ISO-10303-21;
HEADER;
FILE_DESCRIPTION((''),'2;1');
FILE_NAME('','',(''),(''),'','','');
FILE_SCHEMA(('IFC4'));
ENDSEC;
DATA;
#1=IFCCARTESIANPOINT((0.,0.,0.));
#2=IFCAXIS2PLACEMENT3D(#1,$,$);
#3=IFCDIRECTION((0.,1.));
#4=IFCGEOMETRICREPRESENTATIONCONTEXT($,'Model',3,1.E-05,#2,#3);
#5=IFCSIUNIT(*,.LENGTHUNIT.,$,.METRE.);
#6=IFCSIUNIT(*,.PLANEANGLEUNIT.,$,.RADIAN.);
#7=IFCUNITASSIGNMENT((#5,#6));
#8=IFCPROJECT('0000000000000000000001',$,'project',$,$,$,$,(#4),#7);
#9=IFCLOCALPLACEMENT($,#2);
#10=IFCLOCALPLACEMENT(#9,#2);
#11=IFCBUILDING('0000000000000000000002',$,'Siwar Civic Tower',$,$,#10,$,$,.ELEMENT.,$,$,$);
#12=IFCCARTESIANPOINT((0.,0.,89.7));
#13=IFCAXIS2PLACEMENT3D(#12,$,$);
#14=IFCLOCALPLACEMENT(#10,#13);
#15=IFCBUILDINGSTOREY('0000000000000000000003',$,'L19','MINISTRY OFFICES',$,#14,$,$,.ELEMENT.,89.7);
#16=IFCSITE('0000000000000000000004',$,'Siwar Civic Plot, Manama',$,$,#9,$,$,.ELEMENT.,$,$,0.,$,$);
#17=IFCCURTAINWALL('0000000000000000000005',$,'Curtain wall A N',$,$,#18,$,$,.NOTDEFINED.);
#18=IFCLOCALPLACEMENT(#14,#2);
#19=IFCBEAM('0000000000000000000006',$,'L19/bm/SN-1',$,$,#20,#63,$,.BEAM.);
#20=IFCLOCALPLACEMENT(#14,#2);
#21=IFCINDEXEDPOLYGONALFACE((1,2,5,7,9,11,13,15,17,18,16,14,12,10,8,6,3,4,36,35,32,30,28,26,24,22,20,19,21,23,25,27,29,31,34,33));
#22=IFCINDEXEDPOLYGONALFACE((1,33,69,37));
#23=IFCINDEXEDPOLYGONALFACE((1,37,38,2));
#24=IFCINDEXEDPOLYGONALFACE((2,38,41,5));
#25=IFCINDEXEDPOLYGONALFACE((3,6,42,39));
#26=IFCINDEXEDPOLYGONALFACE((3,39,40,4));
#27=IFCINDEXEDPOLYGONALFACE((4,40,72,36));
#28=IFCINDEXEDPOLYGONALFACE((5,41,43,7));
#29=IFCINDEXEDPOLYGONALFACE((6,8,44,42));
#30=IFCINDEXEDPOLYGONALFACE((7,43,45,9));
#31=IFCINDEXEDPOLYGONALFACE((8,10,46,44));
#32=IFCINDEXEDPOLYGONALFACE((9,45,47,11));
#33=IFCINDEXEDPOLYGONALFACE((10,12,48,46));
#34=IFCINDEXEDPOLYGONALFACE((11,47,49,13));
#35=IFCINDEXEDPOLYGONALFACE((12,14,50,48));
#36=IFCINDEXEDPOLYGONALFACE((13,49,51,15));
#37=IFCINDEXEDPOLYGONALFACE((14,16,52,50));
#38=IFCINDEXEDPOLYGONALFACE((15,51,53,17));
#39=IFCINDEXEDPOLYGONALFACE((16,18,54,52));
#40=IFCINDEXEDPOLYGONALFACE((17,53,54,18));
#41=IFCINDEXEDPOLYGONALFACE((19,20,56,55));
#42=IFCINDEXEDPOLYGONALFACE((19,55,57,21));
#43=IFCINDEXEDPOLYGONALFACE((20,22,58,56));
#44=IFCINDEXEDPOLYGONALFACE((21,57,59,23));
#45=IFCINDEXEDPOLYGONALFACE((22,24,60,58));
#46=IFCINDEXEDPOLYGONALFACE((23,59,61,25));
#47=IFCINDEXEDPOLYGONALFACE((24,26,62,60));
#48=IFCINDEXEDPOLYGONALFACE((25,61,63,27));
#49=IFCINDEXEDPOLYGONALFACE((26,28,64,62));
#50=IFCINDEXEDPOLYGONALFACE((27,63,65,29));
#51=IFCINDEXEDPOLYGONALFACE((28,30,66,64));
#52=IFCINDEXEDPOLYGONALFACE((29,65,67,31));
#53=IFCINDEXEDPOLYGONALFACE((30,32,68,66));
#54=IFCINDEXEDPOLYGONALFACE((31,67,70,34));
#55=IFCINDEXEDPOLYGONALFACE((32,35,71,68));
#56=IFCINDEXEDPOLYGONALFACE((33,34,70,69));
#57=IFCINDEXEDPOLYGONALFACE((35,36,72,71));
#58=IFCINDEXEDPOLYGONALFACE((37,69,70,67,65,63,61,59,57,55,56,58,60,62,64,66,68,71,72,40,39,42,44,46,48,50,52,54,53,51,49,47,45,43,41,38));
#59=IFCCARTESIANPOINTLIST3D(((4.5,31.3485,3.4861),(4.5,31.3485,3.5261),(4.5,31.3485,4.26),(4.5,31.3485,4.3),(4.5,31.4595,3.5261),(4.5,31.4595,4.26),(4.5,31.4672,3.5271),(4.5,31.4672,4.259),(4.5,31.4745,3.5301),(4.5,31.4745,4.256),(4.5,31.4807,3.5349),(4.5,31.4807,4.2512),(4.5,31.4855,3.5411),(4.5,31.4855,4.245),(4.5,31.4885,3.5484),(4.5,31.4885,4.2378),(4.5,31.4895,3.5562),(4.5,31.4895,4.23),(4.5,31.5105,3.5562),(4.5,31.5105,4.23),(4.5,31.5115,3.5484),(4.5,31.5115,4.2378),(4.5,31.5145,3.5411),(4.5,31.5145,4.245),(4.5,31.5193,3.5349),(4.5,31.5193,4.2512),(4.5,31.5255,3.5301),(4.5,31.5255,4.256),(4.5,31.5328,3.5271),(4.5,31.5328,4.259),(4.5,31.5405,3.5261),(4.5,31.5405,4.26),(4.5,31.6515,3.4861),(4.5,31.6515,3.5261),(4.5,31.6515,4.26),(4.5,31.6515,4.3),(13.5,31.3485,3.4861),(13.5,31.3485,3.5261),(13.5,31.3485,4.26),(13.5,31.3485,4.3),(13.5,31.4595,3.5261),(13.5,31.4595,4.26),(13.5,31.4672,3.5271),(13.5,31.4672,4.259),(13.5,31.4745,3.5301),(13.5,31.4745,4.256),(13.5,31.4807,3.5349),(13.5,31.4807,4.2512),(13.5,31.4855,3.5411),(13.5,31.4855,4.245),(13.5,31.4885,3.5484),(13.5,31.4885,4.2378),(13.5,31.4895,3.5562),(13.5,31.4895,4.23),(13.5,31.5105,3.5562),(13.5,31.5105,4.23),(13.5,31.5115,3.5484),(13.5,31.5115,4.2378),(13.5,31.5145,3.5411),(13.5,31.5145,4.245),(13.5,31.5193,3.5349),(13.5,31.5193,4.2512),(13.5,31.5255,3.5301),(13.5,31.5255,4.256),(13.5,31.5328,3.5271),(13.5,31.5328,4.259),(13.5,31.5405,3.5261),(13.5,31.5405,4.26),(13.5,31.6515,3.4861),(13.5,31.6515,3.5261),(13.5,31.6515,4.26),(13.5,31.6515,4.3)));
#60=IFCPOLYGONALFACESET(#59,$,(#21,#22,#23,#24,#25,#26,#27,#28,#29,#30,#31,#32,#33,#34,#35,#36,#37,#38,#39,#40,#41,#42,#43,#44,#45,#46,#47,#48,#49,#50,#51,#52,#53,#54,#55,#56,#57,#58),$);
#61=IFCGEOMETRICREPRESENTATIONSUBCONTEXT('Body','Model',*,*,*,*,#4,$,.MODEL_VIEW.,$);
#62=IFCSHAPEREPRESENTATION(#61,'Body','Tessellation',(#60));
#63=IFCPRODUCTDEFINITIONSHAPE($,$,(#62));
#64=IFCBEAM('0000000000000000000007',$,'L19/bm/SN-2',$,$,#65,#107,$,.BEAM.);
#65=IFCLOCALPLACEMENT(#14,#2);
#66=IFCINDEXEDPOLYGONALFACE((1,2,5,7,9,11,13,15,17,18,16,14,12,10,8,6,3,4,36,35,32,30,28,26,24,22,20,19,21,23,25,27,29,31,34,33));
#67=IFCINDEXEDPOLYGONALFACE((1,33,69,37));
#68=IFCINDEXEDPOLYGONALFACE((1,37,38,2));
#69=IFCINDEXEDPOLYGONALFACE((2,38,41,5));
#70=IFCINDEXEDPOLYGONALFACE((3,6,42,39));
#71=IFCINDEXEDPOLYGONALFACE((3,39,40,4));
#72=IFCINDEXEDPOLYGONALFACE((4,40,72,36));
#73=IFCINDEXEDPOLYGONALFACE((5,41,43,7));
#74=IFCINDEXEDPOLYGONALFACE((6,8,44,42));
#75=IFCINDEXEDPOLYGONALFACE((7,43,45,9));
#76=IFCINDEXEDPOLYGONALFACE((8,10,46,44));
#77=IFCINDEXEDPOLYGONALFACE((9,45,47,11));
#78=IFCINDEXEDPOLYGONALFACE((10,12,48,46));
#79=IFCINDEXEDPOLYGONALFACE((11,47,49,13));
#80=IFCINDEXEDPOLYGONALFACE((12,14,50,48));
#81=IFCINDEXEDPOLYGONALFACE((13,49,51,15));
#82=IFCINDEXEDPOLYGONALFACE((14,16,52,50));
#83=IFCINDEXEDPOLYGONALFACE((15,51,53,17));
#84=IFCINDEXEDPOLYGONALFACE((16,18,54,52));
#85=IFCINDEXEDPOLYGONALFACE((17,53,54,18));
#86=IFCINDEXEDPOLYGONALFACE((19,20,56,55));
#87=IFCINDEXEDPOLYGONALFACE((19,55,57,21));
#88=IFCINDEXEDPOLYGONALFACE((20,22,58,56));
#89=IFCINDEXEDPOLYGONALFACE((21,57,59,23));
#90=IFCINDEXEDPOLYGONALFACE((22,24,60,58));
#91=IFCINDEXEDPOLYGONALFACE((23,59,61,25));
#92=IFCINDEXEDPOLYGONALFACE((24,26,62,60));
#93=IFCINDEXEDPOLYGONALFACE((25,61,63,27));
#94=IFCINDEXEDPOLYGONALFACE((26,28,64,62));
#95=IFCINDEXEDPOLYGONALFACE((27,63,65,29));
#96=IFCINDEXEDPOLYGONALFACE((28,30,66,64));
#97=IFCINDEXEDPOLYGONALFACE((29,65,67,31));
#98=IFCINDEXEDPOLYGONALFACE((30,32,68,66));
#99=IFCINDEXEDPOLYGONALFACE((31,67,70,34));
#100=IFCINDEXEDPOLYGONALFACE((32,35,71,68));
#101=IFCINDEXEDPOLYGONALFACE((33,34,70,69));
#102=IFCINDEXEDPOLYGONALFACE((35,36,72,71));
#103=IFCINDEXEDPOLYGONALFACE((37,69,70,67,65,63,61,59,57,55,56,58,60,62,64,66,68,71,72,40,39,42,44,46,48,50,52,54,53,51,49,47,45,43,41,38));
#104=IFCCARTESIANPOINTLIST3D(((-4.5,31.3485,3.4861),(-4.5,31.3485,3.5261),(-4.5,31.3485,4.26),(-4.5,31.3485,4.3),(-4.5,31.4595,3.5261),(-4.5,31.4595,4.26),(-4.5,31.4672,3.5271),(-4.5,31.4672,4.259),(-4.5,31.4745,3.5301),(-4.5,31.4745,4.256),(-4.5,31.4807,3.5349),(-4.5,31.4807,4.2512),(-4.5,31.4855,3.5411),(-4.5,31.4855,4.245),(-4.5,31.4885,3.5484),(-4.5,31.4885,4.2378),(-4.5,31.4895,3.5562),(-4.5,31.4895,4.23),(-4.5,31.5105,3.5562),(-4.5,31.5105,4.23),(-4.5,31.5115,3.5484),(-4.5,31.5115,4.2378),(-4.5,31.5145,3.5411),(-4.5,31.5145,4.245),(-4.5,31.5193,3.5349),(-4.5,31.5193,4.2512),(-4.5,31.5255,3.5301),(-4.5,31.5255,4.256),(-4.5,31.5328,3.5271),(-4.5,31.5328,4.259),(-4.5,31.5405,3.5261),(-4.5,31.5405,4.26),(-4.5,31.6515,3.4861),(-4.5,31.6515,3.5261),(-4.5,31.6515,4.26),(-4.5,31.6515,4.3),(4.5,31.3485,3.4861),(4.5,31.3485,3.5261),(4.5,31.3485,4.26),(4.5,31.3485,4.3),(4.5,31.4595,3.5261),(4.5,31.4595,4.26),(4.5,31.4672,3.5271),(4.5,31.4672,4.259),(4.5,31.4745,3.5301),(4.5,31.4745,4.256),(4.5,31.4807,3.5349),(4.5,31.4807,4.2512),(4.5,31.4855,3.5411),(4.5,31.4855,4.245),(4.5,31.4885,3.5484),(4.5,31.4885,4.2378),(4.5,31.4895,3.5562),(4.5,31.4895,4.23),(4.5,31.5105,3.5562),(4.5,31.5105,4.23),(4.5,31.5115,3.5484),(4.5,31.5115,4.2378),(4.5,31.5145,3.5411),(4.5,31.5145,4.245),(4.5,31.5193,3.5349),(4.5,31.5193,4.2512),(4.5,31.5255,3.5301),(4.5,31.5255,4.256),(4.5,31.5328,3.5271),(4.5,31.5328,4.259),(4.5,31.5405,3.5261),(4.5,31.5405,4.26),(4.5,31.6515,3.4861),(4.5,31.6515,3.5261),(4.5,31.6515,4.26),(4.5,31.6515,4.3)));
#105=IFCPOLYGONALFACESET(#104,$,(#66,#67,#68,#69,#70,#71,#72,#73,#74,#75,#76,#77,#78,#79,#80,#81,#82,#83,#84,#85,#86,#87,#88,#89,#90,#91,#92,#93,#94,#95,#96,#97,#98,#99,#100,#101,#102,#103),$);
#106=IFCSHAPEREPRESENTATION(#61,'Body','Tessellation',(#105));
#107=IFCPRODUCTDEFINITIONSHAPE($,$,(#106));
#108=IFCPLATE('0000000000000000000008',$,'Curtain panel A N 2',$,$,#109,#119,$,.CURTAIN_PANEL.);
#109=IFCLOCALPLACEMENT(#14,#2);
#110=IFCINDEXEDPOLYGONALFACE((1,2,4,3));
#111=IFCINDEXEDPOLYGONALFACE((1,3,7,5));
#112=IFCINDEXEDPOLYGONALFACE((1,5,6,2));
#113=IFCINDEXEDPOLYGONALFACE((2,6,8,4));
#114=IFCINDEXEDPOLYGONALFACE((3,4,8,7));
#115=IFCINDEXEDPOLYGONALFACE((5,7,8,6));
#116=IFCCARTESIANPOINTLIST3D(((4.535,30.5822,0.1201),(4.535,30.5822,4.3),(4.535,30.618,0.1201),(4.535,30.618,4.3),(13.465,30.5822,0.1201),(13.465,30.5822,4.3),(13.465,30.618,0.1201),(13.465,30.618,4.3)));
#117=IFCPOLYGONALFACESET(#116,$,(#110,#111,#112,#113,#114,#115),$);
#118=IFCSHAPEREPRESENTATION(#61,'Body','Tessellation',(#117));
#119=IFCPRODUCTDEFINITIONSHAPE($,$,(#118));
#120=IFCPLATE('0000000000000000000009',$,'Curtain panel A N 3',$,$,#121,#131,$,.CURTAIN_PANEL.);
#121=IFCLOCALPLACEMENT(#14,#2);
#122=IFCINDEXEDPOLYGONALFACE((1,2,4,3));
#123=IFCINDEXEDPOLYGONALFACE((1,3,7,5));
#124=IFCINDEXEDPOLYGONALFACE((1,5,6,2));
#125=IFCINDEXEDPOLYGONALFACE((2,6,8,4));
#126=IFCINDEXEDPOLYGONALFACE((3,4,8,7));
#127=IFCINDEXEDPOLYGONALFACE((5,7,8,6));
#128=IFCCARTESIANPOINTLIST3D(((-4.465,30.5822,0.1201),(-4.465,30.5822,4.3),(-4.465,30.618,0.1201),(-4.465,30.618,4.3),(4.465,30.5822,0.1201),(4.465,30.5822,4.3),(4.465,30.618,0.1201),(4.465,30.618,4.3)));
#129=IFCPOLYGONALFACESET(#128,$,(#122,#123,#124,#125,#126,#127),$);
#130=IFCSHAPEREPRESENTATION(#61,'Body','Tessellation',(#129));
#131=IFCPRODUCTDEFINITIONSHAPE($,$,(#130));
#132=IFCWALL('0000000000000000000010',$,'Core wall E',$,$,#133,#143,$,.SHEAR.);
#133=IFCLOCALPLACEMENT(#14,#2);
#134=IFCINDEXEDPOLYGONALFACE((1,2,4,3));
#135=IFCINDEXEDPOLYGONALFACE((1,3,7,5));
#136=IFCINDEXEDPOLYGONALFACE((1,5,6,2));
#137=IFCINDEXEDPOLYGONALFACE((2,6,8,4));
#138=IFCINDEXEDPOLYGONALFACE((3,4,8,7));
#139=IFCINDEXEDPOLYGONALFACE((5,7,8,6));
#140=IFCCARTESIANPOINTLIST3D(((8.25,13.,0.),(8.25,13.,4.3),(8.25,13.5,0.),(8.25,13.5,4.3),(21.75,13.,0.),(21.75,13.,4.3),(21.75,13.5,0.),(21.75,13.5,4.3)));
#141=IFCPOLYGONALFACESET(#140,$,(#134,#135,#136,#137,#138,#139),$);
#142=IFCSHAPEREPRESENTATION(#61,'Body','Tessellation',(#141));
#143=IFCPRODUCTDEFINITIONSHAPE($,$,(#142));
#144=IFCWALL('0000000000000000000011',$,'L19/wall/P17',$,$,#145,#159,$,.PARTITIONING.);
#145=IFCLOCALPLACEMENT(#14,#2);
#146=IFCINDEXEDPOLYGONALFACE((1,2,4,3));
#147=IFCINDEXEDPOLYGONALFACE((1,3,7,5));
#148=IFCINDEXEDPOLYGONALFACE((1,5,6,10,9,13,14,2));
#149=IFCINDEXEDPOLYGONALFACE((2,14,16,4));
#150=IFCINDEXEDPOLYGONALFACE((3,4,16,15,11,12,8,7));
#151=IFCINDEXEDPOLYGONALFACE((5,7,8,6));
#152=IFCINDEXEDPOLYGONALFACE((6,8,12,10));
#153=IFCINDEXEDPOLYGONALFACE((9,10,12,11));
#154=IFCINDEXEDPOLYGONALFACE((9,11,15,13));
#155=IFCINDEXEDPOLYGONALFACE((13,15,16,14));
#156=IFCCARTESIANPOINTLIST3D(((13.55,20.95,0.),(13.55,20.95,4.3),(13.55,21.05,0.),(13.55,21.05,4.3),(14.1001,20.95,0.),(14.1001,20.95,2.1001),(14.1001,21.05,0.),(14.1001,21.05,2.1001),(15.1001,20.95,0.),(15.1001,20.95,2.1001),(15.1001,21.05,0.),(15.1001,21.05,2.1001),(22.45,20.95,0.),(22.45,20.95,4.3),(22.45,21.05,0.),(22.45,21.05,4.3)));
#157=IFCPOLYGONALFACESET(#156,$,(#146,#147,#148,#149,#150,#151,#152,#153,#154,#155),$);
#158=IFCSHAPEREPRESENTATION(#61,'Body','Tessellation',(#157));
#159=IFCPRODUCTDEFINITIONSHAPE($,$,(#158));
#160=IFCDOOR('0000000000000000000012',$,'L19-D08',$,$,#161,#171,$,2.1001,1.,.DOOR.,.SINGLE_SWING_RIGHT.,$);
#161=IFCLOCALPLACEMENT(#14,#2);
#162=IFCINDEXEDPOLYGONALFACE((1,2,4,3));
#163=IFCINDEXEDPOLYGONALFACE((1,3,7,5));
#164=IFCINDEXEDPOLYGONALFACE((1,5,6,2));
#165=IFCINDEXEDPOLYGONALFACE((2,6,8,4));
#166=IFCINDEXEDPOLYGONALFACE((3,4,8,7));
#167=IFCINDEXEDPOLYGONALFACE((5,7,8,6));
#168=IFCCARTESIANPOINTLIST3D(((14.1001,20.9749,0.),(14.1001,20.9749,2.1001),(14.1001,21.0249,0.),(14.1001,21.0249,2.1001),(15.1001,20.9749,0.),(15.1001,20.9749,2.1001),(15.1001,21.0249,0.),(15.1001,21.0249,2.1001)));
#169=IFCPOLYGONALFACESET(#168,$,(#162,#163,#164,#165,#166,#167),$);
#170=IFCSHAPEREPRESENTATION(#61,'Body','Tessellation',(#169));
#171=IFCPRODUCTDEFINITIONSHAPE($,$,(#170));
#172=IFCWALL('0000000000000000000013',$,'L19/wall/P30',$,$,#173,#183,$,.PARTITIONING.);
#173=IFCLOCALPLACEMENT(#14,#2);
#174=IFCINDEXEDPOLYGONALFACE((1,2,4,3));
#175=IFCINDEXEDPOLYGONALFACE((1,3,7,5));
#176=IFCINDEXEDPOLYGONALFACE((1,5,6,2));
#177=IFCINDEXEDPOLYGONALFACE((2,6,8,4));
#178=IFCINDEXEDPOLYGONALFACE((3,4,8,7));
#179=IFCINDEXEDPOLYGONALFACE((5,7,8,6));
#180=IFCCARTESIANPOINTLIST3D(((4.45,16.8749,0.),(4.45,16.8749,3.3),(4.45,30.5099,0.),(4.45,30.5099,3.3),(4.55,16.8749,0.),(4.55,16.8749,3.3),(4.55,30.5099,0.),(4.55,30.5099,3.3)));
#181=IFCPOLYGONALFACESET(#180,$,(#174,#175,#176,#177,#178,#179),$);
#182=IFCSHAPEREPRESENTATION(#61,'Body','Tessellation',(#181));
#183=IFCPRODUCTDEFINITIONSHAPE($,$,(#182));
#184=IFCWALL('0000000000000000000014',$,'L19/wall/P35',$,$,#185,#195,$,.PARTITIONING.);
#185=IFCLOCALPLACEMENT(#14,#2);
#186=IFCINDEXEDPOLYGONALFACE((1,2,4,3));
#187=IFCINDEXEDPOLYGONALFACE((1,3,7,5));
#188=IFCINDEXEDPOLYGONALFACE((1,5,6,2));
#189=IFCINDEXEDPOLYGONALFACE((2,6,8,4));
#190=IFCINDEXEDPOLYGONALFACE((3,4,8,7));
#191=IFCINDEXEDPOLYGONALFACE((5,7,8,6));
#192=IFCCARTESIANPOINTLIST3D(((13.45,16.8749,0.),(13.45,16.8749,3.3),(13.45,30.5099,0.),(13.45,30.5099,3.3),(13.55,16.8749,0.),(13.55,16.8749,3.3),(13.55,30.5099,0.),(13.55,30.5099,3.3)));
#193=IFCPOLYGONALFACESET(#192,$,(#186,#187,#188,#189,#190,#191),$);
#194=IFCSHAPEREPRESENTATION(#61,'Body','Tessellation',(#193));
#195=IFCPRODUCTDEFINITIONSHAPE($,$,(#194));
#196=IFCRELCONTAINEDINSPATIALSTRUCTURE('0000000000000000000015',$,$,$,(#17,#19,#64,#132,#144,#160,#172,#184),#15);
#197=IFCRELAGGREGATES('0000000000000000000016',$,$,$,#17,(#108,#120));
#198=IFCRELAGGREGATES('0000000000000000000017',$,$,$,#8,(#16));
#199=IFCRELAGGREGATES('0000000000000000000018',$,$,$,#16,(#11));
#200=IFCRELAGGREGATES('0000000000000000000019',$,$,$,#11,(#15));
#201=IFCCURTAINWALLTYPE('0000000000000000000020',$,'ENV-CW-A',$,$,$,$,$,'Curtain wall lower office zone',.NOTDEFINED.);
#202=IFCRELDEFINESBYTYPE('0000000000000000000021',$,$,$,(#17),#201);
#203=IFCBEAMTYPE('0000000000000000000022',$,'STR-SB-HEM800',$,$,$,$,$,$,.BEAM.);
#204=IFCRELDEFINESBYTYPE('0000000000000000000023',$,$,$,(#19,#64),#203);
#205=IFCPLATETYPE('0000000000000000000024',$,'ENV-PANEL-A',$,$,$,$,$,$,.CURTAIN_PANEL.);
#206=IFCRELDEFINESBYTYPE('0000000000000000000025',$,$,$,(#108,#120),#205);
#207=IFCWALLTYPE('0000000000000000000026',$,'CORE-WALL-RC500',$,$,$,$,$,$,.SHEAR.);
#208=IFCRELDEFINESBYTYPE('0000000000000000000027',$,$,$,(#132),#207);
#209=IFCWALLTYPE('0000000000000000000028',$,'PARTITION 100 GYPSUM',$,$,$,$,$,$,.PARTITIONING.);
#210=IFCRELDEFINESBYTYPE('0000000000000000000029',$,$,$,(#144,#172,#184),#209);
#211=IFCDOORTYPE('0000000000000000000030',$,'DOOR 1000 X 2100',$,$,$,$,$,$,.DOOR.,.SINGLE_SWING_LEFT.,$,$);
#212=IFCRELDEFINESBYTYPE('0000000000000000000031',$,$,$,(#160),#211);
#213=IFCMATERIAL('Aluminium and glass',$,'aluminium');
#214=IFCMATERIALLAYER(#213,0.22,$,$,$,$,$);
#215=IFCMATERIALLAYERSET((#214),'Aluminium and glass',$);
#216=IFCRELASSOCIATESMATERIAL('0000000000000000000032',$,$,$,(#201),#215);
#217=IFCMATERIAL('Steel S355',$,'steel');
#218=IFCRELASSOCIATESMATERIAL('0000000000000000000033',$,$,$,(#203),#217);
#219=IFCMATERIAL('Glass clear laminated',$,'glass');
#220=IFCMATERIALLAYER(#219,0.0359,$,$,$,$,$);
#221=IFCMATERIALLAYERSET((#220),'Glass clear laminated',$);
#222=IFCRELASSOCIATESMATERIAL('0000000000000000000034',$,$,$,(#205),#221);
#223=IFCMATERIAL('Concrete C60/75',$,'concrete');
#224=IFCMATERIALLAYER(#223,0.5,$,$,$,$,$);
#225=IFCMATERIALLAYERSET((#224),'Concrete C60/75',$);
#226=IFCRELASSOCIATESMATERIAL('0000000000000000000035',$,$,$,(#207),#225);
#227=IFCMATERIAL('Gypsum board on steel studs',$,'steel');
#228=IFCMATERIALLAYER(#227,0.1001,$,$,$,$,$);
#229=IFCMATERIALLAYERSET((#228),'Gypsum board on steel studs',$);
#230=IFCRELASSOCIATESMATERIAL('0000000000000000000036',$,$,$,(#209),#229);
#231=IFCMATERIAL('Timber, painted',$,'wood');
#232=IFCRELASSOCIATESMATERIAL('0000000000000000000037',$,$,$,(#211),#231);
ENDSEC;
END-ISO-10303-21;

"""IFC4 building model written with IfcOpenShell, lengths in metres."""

from ifc_helpers import new_model, si_unit, direction, frame, frame_2d, origin, origin_2d, place, context, subcontext, project, spatial, rectangle, i_section, extrude, material, layer, layer_set, material_profile, profile_set, type_object, element, fill, aggregate, save


model = new_model("IFC4")

# Units and contexts
model_context = context("Model", 3, precision=1e-05, world=origin(), true_north=direction((0.0, 1.0)))
body_context = subcontext(model_context, "Body", "Model", "MODEL_VIEW")
ifc_project = project(units=[si_unit("LENGTHUNIT", "METRE"), si_unit("PLANEANGLEUNIT", "RADIAN")], contexts=[model_context])

# Site, building, storey
site_placement = place(None, origin())
site = spatial("IfcSite", under=ifc_project, at=site_placement, Name="Siwar Civic Plot, Manama", CompositionType="ELEMENT", RefElevation=0.0)
building_placement = place(site_placement, origin())
building = spatial("IfcBuilding", under=site, at=building_placement, Name="Siwar Civic Tower", CompositionType="ELEMENT")
storey_placement = place(building_placement, frame((0.0, 0.0, 89.7)))
storey = spatial("IfcBuildingStorey", under=building, at=storey_placement, Name="L19", Description="MINISTRY OFFICES", CompositionType="ELEMENT", Elevation=89.7)

# Curtain wall
ifc_material_1 = material(Name="Aluminium and glass", Category="aluminium")
ifc_layer_1 = layer(ifc_material_1, 0.22)
ifc_layer_set_1 = layer_set([ifc_layer_1], Name="Aluminium and glass")
curtain_wall_type = type_object("IfcCurtainWallType", Name="ENV-CW-A", ElementType="Curtain wall lower office zone", PredefinedType="NOTDEFINED", material=ifc_layer_set_1)
curtain_wall_placement = place(storey_placement, origin())
curtain_wall = element("IfcCurtainWall", 1, at=curtain_wall_placement, inside=storey, type_object=curtain_wall_type, Name="Curtain wall A N", PredefinedType="NOTDEFINED")

# Beams
ifc_material_2 = material(Name="Steel S355", Category="steel")
ifc_material_profile_1 = material_profile(ifc_material_2, i_section(OverallWidth=0.303, OverallDepth=0.814, WebThickness=0.021, FlangeThickness=0.04, FilletRadius=0.03, at=origin_2d()), Name="HEM800")
ifc_profile_set_1 = profile_set([ifc_material_profile_1], Name="Steel S355")
beam_type_1 = type_object("IfcBeamType", Name="STR-SB-HEM800", PredefinedType="BEAM", material=ifc_profile_set_1)
for number, where, z_axis, x_axis, name in (
    (2, (13.5, 31.5, 3.8931), (-1.0, 0.0, 0.0), (0.0, -1.0, 0.0), "L19/bm/SN-1"),
    (3, (4.5, 31.5, 3.8931), (-1.0, 0.0, 0.0), (0.0, -1.0, 0.0), "L19/bm/SN-2"),
):
    element("IfcBeam", number, at=place(storey_placement, frame(where, z_axis=z_axis, x_axis=x_axis)), inside=storey, type_object=beam_type_1, Name=name, PredefinedType="BEAM", context=body_context, shape_type="SweptSolid", body=[
        extrude(i_section(OverallWidth=0.303, OverallDepth=0.814, WebThickness=0.021, FlangeThickness=0.04, FilletRadius=0.03, at=origin_2d()), origin(), (0.0, 0.0, 1.0), 9.0),
    ])

# Plates
ifc_material_3 = material(Name="Glass clear laminated", Category="glass")
ifc_layer_2 = layer(ifc_material_3, 0.0359)
ifc_layer_set_2 = layer_set([ifc_layer_2], Name="Glass clear laminated")
plate_type = type_object("IfcPlateType", Name="ENV-PANEL-A", PredefinedType="CURTAIN_PANEL", material=ifc_layer_set_2)
plate_1_placement = place(storey_placement, frame((9.0, 30.6001, 0.1201), z_axis=(0.0, 0.0, 1.0), x_axis=(-1.0, 0.0, 0.0)))
plate_1 = element("IfcPlate", 4, at=plate_1_placement, type_object=plate_type, Name="Curtain panel A N 2", PredefinedType="CURTAIN_PANEL", context=body_context, shape_type="SweptSolid", body=[
    extrude(rectangle(XDim=8.9299, YDim=0.0359, at=origin_2d()), origin(), (0.0, 0.0, 1.0), 4.1799),
])
plate_2_placement = place(storey_placement, frame((0.0, 30.6001, 0.1201), z_axis=(0.0, 0.0, 1.0), x_axis=(-1.0, 0.0, 0.0)))
plate_2 = element("IfcPlate", 5, at=plate_2_placement, type_object=plate_type, Name="Curtain panel A N 3", PredefinedType="CURTAIN_PANEL", context=body_context, shape_type="SweptSolid", body=[
    extrude(rectangle(XDim=8.9299, YDim=0.0359, at=origin_2d()), origin(), (0.0, 0.0, 1.0), 4.1799),
])
aggregate(curtain_wall, [plate_1, plate_2])

# Wall
ifc_material_4 = material(Name="Concrete C60/75", Category="concrete")
ifc_layer_3 = layer(ifc_material_4, 0.5)
ifc_layer_set_3 = layer_set([ifc_layer_3], Name="Concrete C60/75")
wall_type_1 = type_object("IfcWallType", Name="CORE-WALL-RC500", PredefinedType="SHEAR", material=ifc_layer_set_3)
wall_1_placement = place(storey_placement, frame((8.25, 13.25, 0.0), z_axis=(0.0, 0.0, 1.0), x_axis=(1.0, 0.0, 0.0)))
element("IfcWall", 6, at=wall_1_placement, inside=storey, type_object=wall_type_1, Name="Core wall E", PredefinedType="SHEAR", context=body_context, shape_type="SweptSolid", body=[
    extrude(rectangle(XDim=13.5, YDim=0.5, at=frame_2d((6.75, 0.0))), origin(), (0.0, 0.0, 1.0), 4.3),
])

# Wall, opening, door
ifc_material_5 = material(Name="Gypsum board on steel studs", Category="steel")
ifc_layer_4 = layer(ifc_material_5, 0.1001)
ifc_layer_set_4 = layer_set([ifc_layer_4], Name="Gypsum board on steel studs")
wall_type_2 = type_object("IfcWallType", Name="PARTITION 100 GYPSUM", PredefinedType="PARTITIONING", material=ifc_layer_set_4)
wall_2_placement = place(storey_placement, frame((13.55, 21.0, 0.0), z_axis=(0.0, 0.0, 1.0), x_axis=(1.0, 0.0, 0.0)))
wall_2 = element("IfcWall", 7, at=wall_2_placement, inside=storey, type_object=wall_type_2, Name="L19/wall/P17", PredefinedType="PARTITIONING", context=body_context, shape_type="SweptSolid", body=[
    extrude(rectangle(XDim=8.8999, YDim=0.1001, at=frame_2d((4.45, 0.0))), origin(), (0.0, 0.0, 1.0), 4.3),
])
opening_placement = place(wall_2_placement, frame((0.55, 0.0, 0.0)))
opening = element("IfcOpeningElement", 8, at=opening_placement, cuts=wall_2, PredefinedType="OPENING", context=body_context, shape_type="SweptSolid", body=[
    extrude(rectangle(XDim=1.0, YDim=2.1001, at=frame_2d((0.5, 1.05))), frame((0.0, 0.0601, 0.0), z_axis=(0.0, -1.0, 0.0), x_axis=(1.0, 0.0, 0.0)), (0.0, 0.0, 1.0), 0.1201),
])
ifc_material_6 = material(Name="Timber, painted", Category="wood")
door_type = type_object("IfcDoorType", Name="DOOR 1000 X 2100", OperationType="SINGLE_SWING_LEFT", PredefinedType="DOOR", material=ifc_material_6)
door_placement = place(opening_placement, origin())
door = element("IfcDoor", 9, at=door_placement, inside=storey, type_object=door_type, Name="L19-D08", OperationType="SINGLE_SWING_RIGHT", OverallHeight=2.1001, OverallWidth=1.0, PredefinedType="DOOR", context=body_context, shape_type="SweptSolid", body=[
    extrude(rectangle(XDim=1.0, YDim=2.1001, at=frame_2d((0.5, 1.05))), frame((0.0, 0.0249, 0.0), z_axis=(0.0, -1.0, 0.0), x_axis=(1.0, 0.0, 0.0)), (0.0, 0.0, 1.0), 0.05),
])
fill(opening, door)

# Walls
for number, where, z_axis, x_axis, name in (
    (10, (4.5, 16.875, 0.0), (0.0, 0.0, 1.0), (0.0, 1.0, 0.0), "L19/wall/P30"),
    (11, (13.5, 16.875, 0.0), (0.0, 0.0, 1.0), (0.0, 1.0, 0.0), "L19/wall/P35"),
):
    element("IfcWall", number, at=place(storey_placement, frame(where, z_axis=z_axis, x_axis=x_axis)), inside=storey, type_object=wall_type_2, Name=name, PredefinedType="PARTITIONING", context=body_context, shape_type="SweptSolid", body=[
        extrude(rectangle(XDim=13.635, YDim=0.1001, at=frame_2d((6.8174, 0.0))), origin(), (0.0, 0.0, 1.0), 3.3),
    ])

save(model, "model.ifc")
